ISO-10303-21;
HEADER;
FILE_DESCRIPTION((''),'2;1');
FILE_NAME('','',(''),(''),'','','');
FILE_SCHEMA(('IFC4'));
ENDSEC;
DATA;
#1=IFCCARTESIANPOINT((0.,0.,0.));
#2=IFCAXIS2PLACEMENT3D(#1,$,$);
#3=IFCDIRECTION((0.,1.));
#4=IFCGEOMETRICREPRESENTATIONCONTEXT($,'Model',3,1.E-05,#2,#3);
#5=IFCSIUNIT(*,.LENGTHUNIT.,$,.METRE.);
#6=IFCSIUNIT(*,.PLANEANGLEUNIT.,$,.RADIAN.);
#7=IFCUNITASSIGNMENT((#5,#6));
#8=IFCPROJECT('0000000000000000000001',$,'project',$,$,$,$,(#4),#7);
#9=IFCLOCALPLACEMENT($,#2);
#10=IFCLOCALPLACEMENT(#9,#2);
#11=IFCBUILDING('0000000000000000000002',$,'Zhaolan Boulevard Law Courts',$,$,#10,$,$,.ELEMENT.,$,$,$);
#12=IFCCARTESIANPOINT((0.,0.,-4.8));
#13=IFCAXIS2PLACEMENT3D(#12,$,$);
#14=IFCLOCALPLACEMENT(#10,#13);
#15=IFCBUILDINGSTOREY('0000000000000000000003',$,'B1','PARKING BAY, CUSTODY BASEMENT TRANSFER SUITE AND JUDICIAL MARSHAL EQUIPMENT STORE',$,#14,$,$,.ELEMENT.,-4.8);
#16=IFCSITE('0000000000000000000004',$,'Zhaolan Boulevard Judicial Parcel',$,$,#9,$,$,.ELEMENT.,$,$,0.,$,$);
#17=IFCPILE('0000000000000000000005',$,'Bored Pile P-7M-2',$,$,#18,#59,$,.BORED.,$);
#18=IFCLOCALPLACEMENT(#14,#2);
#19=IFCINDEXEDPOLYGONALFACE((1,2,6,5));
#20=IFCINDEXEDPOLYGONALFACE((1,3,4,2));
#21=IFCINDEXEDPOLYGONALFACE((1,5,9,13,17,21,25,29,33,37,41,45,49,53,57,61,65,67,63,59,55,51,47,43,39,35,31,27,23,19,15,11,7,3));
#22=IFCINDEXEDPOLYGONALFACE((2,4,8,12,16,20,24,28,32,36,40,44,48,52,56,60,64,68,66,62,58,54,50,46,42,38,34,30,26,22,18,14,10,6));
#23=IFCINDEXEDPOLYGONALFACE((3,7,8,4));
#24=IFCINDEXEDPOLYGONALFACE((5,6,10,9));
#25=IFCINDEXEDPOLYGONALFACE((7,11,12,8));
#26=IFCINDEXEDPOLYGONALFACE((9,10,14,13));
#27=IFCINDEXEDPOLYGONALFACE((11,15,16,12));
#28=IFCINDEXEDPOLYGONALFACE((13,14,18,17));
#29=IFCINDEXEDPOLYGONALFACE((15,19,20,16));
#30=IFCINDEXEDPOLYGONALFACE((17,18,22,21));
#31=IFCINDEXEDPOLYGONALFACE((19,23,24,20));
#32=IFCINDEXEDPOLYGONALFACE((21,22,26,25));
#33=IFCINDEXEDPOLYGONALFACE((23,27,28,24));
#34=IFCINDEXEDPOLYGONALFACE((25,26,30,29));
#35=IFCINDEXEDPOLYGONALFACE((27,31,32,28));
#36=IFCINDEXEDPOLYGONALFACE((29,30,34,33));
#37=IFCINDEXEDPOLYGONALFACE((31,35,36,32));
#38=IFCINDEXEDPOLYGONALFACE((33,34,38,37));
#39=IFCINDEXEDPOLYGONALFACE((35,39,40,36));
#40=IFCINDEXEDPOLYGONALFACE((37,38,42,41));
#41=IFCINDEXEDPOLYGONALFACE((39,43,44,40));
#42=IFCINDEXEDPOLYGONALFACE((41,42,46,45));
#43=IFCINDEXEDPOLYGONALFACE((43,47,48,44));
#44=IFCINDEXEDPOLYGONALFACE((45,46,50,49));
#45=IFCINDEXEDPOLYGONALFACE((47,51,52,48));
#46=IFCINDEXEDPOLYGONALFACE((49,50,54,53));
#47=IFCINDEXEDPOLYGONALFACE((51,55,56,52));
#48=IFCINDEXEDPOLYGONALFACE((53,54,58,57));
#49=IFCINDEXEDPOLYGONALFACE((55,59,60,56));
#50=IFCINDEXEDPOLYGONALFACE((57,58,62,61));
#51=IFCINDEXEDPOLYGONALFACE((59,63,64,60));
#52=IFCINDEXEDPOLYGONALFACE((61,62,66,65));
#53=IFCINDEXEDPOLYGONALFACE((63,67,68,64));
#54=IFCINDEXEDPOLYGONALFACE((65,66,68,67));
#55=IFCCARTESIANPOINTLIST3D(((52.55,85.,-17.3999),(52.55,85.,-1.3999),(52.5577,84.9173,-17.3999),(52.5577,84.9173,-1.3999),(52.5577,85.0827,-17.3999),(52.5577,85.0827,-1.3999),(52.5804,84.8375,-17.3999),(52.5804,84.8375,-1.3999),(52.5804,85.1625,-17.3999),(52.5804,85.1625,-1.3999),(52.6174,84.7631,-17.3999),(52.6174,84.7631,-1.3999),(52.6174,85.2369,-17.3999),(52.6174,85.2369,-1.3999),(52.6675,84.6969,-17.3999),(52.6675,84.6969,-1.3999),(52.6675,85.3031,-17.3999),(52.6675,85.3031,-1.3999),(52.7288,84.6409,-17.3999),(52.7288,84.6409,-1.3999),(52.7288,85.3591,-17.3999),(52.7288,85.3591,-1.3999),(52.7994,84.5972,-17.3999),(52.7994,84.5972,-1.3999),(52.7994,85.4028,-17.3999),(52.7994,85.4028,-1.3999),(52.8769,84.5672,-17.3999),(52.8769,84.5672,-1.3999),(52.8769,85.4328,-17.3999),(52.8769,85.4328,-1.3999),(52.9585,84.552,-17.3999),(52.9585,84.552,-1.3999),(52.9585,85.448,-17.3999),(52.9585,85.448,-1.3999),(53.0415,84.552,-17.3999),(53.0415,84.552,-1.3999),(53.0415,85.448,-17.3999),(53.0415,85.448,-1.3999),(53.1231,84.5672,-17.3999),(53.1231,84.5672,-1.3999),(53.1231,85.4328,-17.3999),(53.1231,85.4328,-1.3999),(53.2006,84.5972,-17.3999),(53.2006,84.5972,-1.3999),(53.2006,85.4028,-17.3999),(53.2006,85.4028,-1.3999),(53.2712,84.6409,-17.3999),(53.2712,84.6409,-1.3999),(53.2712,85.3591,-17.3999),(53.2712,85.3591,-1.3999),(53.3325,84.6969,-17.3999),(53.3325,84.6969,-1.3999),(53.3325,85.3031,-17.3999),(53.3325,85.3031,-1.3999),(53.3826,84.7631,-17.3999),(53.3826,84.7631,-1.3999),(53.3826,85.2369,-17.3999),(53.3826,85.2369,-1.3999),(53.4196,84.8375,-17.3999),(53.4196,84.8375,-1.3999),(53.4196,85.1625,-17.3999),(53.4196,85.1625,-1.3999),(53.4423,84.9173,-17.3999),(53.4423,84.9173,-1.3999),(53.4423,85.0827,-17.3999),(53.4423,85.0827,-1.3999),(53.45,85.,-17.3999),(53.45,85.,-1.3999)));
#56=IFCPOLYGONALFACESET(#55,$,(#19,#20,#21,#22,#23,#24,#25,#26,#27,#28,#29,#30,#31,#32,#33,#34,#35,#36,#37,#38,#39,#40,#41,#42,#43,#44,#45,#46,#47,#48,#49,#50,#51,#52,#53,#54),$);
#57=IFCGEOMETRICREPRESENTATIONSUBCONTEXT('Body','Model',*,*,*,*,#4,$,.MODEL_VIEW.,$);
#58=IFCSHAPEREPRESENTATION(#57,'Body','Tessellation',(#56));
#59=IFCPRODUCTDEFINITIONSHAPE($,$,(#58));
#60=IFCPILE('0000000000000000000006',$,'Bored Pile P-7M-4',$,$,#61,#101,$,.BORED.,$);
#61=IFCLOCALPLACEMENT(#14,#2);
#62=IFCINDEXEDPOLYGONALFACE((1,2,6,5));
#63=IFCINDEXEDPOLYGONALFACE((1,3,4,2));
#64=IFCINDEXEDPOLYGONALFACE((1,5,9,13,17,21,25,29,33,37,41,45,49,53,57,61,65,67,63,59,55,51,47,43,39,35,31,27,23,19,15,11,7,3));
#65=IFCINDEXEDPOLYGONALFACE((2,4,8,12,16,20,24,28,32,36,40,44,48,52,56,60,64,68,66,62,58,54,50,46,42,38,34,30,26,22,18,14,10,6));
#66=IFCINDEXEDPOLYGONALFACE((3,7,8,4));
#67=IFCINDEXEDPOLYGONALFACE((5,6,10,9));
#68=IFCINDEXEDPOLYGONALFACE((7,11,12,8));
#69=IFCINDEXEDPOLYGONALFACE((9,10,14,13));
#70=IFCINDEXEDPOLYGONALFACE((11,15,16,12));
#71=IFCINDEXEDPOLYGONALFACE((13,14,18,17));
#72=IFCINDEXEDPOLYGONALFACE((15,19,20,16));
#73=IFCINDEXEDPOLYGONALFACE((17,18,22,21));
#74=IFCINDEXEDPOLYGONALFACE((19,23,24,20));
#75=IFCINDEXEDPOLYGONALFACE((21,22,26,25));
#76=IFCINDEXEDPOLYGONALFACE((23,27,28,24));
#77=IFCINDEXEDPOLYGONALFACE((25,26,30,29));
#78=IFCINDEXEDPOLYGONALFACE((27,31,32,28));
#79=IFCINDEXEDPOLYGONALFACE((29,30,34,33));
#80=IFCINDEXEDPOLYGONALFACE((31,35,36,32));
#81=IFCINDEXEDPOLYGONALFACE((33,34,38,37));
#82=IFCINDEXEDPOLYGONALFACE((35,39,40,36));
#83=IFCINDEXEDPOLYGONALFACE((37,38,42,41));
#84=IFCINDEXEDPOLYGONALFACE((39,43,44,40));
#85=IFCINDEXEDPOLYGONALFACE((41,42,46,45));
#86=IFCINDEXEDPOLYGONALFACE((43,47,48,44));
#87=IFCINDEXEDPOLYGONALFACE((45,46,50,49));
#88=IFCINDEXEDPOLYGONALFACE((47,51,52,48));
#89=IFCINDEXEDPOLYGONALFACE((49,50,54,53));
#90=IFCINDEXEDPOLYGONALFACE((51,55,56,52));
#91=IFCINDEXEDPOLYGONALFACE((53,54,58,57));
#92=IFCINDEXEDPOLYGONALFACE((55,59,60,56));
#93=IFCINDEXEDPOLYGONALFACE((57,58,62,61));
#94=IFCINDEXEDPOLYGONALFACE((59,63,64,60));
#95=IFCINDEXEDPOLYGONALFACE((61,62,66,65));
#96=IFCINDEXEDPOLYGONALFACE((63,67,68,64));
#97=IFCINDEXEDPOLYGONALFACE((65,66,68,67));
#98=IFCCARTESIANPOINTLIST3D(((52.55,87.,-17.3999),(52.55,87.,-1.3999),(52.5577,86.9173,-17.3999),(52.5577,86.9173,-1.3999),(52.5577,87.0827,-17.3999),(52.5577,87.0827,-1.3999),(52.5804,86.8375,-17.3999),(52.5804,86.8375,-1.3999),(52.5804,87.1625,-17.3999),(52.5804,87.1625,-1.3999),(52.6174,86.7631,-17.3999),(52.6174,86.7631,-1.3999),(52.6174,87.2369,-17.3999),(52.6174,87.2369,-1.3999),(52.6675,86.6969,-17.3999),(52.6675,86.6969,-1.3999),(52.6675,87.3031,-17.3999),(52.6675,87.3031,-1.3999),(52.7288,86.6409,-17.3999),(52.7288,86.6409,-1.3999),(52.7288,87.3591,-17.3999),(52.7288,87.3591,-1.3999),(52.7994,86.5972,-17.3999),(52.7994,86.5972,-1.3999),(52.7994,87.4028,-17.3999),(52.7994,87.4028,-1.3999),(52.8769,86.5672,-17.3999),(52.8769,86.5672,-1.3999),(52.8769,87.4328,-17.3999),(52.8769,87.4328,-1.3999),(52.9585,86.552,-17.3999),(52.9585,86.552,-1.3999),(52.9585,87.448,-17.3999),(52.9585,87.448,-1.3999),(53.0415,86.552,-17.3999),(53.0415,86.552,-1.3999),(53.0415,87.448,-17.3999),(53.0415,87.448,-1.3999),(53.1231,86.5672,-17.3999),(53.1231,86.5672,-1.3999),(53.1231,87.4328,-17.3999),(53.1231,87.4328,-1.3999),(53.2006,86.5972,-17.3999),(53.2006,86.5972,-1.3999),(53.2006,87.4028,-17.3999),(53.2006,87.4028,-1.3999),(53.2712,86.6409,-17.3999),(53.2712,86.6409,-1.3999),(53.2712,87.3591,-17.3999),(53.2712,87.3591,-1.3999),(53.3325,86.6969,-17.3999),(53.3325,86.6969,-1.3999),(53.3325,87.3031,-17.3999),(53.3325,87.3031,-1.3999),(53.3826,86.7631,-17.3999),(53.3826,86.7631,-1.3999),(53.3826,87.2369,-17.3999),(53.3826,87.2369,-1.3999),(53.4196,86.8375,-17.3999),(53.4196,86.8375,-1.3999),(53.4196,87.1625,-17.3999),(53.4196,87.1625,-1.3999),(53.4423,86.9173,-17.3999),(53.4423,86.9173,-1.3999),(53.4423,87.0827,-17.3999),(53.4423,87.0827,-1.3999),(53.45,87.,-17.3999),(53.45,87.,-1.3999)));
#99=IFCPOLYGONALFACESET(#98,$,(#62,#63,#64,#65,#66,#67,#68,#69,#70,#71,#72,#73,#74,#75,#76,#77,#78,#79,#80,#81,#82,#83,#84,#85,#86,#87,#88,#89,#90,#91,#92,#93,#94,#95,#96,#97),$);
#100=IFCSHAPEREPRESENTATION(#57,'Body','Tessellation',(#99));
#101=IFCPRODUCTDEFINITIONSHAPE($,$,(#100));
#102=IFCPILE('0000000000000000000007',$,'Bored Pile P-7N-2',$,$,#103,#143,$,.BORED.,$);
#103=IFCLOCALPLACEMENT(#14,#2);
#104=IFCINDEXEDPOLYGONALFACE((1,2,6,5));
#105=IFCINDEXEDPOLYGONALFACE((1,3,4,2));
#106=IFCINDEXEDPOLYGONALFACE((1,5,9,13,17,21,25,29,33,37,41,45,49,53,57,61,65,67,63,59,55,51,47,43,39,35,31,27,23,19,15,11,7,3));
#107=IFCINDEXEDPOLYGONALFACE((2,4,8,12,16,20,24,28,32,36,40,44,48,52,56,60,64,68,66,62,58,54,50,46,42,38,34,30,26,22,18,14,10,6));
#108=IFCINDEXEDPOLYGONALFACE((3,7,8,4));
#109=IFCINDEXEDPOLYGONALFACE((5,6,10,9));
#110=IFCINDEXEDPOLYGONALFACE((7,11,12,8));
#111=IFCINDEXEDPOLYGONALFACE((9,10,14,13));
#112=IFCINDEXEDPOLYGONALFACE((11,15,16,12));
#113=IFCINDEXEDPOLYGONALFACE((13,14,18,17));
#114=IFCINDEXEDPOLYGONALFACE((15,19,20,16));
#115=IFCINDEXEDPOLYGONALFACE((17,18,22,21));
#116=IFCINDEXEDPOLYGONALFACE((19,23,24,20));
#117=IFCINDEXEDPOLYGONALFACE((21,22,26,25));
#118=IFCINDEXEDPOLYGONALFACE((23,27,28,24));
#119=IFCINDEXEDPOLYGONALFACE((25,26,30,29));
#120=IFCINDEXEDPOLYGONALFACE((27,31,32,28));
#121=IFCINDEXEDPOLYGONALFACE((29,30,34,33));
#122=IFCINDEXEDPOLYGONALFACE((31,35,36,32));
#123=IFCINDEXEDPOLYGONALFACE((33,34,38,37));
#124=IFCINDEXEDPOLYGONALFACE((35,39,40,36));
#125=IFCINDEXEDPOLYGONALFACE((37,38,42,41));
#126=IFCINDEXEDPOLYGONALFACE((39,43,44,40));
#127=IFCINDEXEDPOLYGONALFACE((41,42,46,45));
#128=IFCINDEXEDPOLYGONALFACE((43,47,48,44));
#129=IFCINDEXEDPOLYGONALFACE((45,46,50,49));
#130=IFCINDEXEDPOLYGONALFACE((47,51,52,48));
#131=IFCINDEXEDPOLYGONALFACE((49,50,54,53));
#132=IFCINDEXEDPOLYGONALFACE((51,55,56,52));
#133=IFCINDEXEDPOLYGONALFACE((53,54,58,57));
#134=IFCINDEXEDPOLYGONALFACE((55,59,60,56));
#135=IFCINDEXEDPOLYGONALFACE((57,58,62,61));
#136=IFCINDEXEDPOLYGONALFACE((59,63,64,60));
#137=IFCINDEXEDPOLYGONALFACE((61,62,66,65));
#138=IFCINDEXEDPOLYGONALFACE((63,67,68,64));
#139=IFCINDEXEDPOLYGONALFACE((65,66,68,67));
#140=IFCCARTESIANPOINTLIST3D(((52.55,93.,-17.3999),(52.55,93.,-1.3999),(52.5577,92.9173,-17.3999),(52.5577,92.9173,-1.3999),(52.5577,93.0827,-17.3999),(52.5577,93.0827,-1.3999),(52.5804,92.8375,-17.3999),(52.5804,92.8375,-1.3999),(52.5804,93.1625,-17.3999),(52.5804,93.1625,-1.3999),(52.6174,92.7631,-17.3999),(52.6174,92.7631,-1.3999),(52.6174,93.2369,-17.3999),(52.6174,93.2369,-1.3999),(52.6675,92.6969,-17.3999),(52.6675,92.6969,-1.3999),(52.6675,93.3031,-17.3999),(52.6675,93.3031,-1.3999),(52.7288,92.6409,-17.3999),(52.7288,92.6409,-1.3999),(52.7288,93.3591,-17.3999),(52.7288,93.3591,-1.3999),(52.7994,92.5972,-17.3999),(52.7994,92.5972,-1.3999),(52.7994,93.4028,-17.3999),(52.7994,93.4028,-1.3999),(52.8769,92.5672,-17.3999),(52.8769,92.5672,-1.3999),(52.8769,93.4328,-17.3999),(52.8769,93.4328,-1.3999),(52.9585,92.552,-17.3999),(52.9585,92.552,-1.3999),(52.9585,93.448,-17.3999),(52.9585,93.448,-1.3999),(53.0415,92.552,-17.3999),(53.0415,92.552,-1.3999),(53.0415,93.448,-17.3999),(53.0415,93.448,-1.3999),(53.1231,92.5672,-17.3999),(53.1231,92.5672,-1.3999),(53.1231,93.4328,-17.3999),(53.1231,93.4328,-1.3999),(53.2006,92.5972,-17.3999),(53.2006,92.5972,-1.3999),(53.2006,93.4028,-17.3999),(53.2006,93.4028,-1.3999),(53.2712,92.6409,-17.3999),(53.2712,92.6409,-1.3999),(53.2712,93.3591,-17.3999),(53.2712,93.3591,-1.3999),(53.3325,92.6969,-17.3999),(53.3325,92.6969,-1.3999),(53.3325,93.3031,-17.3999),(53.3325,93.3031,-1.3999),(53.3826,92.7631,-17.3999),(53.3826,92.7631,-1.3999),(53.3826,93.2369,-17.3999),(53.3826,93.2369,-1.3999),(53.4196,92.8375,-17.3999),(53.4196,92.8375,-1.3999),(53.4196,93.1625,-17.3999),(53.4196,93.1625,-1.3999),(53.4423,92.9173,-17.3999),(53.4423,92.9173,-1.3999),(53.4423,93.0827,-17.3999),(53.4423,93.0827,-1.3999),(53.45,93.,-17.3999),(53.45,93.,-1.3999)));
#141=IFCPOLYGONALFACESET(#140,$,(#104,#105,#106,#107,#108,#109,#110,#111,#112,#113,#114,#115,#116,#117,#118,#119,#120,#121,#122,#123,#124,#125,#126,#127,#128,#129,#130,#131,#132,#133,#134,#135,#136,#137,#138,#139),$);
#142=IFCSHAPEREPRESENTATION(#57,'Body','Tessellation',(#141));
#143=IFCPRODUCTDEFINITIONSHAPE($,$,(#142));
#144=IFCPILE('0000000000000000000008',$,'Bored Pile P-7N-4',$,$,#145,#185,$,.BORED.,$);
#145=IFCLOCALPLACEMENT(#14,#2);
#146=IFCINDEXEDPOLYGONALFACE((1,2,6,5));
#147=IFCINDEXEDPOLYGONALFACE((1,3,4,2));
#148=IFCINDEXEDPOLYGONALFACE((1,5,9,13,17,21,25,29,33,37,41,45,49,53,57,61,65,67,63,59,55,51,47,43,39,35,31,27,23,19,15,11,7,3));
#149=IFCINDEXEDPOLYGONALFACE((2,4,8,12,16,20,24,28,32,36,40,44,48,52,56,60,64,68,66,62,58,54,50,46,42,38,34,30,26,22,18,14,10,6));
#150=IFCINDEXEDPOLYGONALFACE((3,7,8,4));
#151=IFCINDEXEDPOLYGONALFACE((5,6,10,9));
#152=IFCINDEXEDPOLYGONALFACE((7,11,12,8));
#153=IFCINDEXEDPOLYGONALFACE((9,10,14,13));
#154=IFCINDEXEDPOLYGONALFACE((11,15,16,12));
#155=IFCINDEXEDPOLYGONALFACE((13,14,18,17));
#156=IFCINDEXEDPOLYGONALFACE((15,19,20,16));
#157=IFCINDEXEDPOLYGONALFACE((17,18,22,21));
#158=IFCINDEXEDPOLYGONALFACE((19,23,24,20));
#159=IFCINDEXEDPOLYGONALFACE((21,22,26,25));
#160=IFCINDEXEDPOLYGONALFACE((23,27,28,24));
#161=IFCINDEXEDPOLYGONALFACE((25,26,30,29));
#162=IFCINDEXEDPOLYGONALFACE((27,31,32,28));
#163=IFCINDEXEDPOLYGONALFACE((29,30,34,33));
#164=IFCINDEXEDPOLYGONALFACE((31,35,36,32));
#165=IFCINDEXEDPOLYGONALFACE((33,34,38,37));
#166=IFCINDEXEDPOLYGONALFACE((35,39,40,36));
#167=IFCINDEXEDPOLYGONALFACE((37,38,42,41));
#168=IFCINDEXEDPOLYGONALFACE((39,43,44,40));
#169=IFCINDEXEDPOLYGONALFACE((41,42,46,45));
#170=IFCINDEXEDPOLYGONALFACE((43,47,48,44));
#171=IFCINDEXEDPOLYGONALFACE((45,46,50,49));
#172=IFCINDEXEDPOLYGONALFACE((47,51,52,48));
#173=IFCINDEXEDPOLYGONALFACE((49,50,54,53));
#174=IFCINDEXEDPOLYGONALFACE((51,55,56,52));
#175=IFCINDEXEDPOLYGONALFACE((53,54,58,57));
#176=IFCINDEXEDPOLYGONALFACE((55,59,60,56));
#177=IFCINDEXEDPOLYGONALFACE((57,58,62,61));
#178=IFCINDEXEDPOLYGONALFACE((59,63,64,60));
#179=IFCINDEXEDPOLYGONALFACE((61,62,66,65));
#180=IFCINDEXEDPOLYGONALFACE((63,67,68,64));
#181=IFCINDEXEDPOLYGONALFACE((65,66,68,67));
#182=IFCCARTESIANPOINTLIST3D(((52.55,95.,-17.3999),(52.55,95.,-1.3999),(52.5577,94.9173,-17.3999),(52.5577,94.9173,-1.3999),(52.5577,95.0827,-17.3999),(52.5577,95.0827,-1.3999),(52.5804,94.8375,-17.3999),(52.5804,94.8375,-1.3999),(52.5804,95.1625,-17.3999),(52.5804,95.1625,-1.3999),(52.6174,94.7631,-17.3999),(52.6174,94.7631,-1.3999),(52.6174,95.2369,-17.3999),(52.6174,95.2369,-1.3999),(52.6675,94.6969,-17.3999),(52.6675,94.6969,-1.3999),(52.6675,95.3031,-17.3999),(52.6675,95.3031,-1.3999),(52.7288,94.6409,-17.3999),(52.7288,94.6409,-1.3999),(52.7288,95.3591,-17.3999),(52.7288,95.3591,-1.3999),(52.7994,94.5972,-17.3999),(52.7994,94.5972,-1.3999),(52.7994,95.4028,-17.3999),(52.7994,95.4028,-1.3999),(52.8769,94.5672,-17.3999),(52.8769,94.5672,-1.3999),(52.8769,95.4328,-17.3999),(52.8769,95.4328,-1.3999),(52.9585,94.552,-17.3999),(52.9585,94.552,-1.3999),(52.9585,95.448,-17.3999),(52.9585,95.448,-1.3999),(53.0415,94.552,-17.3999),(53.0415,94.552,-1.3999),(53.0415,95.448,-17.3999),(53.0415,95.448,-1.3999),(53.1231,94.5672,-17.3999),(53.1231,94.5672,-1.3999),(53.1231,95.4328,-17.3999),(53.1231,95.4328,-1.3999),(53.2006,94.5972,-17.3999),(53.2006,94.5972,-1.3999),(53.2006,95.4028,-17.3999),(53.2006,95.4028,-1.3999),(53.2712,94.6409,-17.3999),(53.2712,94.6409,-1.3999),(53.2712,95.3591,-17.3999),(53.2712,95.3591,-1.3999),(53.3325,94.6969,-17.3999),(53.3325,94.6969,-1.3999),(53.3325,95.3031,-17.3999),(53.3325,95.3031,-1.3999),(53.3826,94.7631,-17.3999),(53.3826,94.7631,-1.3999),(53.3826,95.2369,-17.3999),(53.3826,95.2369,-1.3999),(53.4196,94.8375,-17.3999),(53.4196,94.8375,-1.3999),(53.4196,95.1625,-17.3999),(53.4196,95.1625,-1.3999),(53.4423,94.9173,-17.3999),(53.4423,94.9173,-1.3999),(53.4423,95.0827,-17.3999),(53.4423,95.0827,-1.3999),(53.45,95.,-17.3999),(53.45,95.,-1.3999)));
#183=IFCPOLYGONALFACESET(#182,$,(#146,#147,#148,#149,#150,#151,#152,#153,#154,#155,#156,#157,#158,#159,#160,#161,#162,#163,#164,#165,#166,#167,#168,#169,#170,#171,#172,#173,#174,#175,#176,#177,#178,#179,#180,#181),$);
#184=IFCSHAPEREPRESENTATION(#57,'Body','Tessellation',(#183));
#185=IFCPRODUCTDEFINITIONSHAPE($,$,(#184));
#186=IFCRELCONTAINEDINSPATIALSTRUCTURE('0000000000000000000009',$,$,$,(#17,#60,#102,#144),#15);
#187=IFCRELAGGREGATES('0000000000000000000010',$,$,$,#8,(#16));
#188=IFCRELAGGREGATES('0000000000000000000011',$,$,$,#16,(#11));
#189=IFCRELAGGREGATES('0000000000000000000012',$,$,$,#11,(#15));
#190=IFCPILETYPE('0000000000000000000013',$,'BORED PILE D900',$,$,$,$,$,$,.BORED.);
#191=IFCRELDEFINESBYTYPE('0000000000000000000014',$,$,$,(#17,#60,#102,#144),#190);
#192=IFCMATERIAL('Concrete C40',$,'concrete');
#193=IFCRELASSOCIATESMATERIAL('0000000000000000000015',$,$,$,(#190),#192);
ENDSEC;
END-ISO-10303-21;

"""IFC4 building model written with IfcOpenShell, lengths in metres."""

from ifc_helpers import new_model, si_unit, direction, frame, origin, origin_2d, place, context, subcontext, project, spatial, circle, extrude, material, material_profile, profile_set, type_object, element, save


model = new_model("IFC4")

# Units and contexts
model_context = context("Model", 3, precision=1e-05, world=origin(), true_north=direction((0.0, 1.0)))
body_context = subcontext(model_context, "Body", "Model", "MODEL_VIEW")
ifc_project = project(units=[si_unit("LENGTHUNIT", "METRE"), si_unit("PLANEANGLEUNIT", "RADIAN")], contexts=[model_context])

# Site, building, storey
site_placement = place(None, origin())
site = spatial("IfcSite", under=ifc_project, at=site_placement, Name="Zhaolan Boulevard Judicial Parcel", CompositionType="ELEMENT", RefElevation=0.0)
building_placement = place(site_placement, origin())
building = spatial("IfcBuilding", under=site, at=building_placement, Name="Zhaolan Boulevard Law Courts", CompositionType="ELEMENT")
storey_placement = place(building_placement, frame((0.0, 0.0, -4.8)))
storey = spatial("IfcBuildingStorey", under=building, at=storey_placement, Name="B1", Description="PARKING BAY, CUSTODY BASEMENT TRANSFER SUITE AND JUDICIAL MARSHAL EQUIPMENT STORE", CompositionType="ELEMENT", Elevation=-4.8)

# Piles
ifc_material_1 = material(Name="Concrete C40", Category="concrete")
ifc_material_profile_1 = material_profile(ifc_material_1, circle(Radius=0.45, at=origin_2d()), Name="PILE-D900")
ifc_profile_set_1 = profile_set([ifc_material_profile_1], Name="Concrete C40")
pile_type = type_object("IfcPileType", Name="BORED PILE D900", PredefinedType="BORED", material=ifc_profile_set_1)
for number, where, z_axis, x_axis, name in (
    (1, (53.0, 85.0, -1.3999), (0.0, 0.0, -1.0), (1.0, 0.0, 0.0), "Bored Pile P-7M-2"),
    (2, (53.0, 87.0, -1.3999), (0.0, 0.0, -1.0), (1.0, 0.0, 0.0), "Bored Pile P-7M-4"),
    (3, (53.0, 93.0, -1.3999), (0.0, 0.0, -1.0), (1.0, 0.0, 0.0), "Bored Pile P-7N-2"),
    (4, (53.0, 95.0, -1.3999), (0.0, 0.0, -1.0), (1.0, 0.0, 0.0), "Bored Pile P-7N-4"),
):
    element("IfcPile", number, at=place(storey_placement, frame(where, z_axis=z_axis, x_axis=x_axis)), inside=storey, type_object=pile_type, Name=name, PredefinedType="BORED", context=body_context, shape_type="SweptSolid", body=[
        extrude(circle(Radius=0.45, at=origin_2d()), origin(), (0.0, 0.0, 1.0), 16.0),
    ])

save(model, "model.ifc")
